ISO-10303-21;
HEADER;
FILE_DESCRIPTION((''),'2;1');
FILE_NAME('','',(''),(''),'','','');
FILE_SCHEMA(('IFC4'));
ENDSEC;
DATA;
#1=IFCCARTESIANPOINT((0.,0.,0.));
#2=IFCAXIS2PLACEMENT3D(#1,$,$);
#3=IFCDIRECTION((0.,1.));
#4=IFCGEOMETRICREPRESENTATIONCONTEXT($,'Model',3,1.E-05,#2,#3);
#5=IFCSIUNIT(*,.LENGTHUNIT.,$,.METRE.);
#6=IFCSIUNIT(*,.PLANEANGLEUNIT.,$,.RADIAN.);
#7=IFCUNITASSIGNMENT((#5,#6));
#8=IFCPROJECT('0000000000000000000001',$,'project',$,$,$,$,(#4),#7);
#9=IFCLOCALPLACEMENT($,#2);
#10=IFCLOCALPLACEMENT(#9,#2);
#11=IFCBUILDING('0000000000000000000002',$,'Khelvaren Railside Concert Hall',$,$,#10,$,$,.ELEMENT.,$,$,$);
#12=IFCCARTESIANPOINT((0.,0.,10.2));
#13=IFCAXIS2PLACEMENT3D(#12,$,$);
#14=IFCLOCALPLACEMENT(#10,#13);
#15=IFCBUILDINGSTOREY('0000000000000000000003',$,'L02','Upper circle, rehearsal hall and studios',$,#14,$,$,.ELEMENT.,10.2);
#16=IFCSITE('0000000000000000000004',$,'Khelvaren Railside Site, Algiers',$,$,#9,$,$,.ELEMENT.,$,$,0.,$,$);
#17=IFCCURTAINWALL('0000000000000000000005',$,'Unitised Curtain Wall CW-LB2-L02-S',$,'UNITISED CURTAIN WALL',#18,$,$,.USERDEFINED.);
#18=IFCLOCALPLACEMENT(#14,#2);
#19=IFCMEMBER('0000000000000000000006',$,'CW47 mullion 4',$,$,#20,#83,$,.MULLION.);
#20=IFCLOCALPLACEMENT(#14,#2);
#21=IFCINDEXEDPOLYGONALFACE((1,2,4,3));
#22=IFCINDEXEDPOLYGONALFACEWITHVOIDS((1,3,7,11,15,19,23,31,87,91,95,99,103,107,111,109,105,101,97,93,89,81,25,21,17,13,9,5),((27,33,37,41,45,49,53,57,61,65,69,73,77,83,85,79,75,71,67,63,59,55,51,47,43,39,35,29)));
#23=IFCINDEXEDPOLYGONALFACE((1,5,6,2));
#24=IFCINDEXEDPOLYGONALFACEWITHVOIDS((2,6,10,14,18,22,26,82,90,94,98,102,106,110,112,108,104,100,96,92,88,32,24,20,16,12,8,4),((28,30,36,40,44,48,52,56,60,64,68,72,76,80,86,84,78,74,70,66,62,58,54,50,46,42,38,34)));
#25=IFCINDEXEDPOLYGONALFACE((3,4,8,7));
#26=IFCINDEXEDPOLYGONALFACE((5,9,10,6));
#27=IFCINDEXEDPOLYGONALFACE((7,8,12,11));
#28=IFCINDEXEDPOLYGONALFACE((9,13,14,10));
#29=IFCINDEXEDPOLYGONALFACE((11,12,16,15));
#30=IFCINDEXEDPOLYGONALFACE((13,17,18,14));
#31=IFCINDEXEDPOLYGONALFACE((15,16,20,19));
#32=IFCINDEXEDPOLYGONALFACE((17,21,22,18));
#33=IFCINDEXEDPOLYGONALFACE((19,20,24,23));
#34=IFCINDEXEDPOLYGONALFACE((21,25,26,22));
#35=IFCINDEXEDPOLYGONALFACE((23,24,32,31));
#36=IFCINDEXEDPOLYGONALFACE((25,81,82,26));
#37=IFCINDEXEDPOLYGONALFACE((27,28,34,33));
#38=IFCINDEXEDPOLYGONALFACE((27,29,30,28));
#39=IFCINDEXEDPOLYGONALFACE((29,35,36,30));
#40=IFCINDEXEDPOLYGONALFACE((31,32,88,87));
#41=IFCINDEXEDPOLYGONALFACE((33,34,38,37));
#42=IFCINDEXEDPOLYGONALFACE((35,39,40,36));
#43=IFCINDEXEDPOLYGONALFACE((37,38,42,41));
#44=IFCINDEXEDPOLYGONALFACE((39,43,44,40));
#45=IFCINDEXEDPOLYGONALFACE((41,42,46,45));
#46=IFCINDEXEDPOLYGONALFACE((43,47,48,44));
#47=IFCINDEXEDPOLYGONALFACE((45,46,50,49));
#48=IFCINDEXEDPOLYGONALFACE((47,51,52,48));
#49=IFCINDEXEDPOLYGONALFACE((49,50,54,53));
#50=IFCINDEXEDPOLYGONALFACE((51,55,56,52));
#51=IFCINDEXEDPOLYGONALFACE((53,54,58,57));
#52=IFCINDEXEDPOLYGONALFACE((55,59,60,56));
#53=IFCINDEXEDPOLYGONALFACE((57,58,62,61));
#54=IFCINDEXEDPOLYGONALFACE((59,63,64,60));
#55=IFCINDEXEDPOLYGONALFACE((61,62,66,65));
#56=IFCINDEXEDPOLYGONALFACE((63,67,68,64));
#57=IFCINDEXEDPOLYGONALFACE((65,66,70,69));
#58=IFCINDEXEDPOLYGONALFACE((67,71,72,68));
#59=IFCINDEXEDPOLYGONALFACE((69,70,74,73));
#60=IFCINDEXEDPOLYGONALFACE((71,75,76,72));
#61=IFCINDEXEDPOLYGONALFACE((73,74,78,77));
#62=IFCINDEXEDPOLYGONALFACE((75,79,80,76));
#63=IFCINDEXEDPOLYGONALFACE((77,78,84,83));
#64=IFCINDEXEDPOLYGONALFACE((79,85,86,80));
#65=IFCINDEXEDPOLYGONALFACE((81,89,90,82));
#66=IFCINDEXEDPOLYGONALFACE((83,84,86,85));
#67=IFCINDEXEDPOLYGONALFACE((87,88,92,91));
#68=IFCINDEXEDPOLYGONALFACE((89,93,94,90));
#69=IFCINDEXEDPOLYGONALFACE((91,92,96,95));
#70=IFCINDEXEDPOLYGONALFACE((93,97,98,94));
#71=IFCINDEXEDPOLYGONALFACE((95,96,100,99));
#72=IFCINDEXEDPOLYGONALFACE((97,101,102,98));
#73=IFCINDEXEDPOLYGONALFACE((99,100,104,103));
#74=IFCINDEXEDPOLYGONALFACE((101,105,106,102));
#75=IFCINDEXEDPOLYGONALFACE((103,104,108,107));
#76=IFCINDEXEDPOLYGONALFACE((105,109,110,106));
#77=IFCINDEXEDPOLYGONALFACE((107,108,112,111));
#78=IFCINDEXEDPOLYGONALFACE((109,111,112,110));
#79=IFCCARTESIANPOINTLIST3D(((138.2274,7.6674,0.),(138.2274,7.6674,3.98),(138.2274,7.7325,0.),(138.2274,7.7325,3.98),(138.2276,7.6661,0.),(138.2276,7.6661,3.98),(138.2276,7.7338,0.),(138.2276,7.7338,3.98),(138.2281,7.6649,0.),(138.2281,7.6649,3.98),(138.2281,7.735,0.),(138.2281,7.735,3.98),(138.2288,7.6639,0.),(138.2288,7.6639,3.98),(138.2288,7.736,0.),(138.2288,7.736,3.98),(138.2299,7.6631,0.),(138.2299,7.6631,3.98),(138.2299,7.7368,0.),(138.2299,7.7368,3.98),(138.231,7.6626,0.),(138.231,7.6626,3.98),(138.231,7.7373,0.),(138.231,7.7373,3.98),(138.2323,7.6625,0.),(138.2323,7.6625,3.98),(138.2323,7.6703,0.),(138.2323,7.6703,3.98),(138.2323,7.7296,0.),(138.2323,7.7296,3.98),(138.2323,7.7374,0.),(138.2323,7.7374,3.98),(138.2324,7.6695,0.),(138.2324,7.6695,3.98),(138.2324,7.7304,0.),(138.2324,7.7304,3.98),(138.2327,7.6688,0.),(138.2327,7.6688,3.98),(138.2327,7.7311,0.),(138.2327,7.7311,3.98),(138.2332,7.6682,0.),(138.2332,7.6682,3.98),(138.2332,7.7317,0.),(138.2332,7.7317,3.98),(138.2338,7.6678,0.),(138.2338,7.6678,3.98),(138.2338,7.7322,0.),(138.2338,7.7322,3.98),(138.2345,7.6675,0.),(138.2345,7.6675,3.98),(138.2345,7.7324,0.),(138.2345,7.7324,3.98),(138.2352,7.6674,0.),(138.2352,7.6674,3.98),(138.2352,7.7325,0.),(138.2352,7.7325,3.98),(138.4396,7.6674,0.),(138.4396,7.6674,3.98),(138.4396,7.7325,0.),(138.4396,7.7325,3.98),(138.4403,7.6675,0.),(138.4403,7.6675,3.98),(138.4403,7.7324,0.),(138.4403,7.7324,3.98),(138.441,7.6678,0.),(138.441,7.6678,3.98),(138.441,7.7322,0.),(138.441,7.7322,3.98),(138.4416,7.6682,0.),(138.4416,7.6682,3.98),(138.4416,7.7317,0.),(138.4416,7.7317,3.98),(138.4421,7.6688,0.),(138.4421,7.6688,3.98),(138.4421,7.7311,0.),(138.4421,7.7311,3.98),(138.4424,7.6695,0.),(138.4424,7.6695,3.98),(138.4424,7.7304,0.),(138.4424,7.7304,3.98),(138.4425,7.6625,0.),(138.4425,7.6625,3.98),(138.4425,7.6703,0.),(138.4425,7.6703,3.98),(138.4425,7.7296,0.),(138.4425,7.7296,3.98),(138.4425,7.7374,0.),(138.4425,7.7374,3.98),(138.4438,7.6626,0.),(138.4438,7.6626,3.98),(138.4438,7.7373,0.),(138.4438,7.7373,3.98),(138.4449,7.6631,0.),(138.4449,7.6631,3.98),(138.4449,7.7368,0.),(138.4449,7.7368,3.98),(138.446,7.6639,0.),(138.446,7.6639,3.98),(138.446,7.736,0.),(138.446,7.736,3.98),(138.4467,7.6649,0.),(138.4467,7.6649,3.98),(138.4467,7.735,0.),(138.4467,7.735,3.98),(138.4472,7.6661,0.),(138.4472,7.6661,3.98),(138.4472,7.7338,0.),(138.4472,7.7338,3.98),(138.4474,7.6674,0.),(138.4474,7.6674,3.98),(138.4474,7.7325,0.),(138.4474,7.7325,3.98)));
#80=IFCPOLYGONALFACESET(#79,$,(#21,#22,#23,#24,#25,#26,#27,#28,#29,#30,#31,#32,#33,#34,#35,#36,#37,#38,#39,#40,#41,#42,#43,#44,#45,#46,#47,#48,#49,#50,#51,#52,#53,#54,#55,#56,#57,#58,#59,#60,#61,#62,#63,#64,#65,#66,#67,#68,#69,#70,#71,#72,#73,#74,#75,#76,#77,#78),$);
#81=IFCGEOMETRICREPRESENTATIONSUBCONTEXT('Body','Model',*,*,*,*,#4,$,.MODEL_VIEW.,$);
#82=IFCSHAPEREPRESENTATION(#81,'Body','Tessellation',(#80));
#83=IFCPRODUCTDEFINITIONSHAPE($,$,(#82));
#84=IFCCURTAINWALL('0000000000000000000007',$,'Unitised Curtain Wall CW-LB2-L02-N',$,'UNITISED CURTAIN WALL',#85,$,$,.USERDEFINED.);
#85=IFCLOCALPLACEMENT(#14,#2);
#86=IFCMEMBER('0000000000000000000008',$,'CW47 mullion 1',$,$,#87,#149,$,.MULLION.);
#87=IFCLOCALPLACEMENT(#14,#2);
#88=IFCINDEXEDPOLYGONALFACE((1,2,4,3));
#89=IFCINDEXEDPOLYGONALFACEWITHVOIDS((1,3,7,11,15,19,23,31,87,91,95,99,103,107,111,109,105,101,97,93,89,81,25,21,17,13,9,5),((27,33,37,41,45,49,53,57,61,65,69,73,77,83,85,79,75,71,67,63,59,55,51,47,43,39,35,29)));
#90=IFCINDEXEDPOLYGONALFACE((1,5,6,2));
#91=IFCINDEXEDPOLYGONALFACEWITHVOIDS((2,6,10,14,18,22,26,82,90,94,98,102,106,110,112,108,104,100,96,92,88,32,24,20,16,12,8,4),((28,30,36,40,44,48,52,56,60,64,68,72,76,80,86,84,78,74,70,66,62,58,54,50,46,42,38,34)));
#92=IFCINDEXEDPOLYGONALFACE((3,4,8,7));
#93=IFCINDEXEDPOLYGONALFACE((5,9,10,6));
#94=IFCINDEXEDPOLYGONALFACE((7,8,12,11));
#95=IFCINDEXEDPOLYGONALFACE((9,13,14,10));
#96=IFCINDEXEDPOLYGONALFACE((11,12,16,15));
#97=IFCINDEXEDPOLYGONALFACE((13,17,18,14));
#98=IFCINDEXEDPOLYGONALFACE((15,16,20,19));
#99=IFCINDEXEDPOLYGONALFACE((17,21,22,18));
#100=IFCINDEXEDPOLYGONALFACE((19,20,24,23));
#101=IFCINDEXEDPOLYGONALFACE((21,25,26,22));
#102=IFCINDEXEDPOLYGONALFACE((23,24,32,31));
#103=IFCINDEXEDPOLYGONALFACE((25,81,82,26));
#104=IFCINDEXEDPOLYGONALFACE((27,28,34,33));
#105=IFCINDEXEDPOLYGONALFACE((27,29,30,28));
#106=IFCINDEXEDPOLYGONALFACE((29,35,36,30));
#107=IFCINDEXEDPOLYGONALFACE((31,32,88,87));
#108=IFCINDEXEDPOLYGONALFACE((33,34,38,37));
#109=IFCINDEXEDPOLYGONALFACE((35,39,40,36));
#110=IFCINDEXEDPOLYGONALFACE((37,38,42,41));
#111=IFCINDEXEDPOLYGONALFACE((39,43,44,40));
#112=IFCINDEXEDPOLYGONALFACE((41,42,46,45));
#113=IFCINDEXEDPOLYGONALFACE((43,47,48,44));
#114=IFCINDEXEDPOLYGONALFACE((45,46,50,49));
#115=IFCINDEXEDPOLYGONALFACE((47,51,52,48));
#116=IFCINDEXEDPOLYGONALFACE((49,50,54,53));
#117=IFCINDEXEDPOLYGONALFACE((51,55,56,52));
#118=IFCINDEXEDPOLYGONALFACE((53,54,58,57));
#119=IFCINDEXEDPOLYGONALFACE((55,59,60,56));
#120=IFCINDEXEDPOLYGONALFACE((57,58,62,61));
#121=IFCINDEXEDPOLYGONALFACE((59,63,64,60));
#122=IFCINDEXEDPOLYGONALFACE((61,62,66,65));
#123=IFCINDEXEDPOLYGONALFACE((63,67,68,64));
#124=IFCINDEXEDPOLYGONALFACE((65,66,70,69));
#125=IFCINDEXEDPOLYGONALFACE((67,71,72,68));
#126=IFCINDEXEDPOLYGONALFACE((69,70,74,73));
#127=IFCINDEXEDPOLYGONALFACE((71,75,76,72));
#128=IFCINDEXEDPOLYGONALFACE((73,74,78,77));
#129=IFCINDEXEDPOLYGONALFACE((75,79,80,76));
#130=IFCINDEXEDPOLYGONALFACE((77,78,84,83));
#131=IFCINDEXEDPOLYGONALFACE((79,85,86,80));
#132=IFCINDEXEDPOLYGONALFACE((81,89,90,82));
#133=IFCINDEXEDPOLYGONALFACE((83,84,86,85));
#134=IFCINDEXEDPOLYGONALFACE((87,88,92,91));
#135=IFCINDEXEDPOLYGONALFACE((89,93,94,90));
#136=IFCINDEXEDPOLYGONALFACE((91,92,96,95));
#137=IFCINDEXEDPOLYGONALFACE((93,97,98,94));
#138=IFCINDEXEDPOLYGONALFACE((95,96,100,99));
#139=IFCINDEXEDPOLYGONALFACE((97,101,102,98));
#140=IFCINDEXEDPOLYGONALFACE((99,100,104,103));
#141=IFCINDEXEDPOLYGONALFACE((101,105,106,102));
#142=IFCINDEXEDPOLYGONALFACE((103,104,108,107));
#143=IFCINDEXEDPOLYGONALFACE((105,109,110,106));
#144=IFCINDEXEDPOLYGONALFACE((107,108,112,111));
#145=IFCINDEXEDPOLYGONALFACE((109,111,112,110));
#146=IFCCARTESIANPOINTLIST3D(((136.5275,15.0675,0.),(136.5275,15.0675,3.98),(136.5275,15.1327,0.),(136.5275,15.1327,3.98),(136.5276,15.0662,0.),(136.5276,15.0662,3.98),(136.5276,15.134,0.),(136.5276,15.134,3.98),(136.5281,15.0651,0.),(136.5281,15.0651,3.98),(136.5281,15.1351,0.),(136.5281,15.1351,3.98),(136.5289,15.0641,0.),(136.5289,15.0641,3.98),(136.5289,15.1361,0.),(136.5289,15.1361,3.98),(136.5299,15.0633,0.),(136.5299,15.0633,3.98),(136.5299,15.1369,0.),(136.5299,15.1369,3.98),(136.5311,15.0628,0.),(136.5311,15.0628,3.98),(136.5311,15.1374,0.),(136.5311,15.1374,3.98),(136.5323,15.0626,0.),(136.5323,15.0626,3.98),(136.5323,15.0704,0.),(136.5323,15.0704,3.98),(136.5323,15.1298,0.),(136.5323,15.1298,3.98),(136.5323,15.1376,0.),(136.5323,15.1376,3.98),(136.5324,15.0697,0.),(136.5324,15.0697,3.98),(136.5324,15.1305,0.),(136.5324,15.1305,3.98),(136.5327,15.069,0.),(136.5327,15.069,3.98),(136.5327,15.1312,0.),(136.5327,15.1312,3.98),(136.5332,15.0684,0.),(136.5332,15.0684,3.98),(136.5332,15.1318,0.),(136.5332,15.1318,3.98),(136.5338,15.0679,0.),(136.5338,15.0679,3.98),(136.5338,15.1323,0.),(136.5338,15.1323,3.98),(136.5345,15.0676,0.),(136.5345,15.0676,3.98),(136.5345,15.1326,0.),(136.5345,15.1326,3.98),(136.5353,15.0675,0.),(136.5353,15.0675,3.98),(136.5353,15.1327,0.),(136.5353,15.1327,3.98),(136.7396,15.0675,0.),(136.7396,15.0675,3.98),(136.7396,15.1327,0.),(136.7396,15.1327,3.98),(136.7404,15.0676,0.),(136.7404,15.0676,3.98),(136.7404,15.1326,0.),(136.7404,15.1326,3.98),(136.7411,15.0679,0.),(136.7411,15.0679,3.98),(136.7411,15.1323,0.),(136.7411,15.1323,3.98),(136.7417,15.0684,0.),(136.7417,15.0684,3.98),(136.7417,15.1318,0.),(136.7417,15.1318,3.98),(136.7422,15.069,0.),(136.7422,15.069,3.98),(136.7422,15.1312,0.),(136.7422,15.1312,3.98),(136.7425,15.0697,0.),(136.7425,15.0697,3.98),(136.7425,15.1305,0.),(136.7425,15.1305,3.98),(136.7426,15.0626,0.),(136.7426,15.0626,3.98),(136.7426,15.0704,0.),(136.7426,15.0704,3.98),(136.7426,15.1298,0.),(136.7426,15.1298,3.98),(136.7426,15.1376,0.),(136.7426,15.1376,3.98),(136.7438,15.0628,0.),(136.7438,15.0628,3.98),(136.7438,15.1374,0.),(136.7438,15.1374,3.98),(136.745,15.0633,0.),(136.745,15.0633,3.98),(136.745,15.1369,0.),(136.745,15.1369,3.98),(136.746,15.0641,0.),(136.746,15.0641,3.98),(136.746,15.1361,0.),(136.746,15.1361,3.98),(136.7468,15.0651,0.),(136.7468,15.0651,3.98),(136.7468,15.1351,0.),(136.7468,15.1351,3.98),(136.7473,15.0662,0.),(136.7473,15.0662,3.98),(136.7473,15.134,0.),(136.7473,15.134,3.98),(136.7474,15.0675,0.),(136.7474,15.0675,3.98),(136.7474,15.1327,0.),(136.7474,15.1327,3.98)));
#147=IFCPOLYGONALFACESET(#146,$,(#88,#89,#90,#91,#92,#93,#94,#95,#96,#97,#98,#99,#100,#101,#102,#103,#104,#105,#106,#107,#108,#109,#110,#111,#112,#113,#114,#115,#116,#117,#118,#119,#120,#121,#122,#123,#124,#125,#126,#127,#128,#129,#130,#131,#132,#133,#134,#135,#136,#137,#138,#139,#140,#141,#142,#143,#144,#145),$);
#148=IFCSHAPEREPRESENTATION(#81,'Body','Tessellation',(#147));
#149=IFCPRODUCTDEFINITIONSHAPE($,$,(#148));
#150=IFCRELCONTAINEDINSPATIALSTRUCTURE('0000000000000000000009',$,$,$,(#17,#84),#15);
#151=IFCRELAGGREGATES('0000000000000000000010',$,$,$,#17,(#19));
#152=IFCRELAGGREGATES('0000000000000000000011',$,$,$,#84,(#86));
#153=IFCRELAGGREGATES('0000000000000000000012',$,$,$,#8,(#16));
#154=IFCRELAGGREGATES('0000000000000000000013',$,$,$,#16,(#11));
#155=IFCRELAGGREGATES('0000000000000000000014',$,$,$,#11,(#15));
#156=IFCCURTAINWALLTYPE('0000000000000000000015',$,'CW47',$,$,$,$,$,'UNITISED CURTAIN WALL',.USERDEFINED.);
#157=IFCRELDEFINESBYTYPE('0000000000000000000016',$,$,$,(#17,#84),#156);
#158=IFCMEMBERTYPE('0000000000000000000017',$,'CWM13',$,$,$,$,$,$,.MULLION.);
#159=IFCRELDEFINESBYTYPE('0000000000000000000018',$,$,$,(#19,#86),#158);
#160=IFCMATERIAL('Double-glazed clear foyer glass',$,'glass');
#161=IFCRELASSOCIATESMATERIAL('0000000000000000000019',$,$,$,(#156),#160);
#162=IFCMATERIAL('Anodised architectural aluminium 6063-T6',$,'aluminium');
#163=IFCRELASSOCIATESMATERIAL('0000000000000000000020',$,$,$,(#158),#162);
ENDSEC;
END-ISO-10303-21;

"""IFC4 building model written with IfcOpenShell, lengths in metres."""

from ifc_helpers import new_model, si_unit, direction, frame, origin, origin_2d, place, context, subcontext, project, spatial, hollow_rectangle, extrude, material, material_profile, profile_set, type_object, element, aggregate, save


model = new_model("IFC4")

# Units and contexts
model_context = context("Model", 3, precision=1e-05, world=origin(), true_north=direction((0.0, 1.0)))
body_context = subcontext(model_context, "Body", "Model", "MODEL_VIEW")
ifc_project = project(units=[si_unit("LENGTHUNIT", "METRE"), si_unit("PLANEANGLEUNIT", "RADIAN")], contexts=[model_context])

# Site, building, storey
site_placement = place(None, origin())
site = spatial("IfcSite", under=ifc_project, at=site_placement, Name="Khelvaren Railside Site, Algiers", CompositionType="ELEMENT", RefElevation=0.0)
building_placement = place(site_placement, origin())
building = spatial("IfcBuilding", under=site, at=building_placement, Name="Khelvaren Railside Concert Hall", CompositionType="ELEMENT")
storey_placement = place(building_placement, frame((0.0, 0.0, 10.2)))
storey = spatial("IfcBuildingStorey", under=building, at=storey_placement, Name="L02", Description="Upper circle, rehearsal hall and studios", CompositionType="ELEMENT", Elevation=10.2)

# Curtain wall, member
ifc_material_1 = material(Name="Double-glazed clear foyer glass", Category="glass")
curtain_wall_type = type_object("IfcCurtainWallType", Name="CW47", ElementType="UNITISED CURTAIN WALL", PredefinedType="USERDEFINED", material=ifc_material_1)
curtain_wall_1_placement = place(storey_placement, origin())
curtain_wall_1 = element("IfcCurtainWall", 1, at=curtain_wall_1_placement, inside=storey, type_object=curtain_wall_type, Name="Unitised Curtain Wall CW-LB2-L02-S", ObjectType="UNITISED CURTAIN WALL", PredefinedType="USERDEFINED")
ifc_material_2 = material(Name="Anodised architectural aluminium 6063-T6", Category="aluminium")
ifc_material_profile_1 = material_profile(ifc_material_2, hollow_rectangle(XDim=0.075, YDim=0.22, WallThickness=0.0049, InnerFilletRadius=0.0029, OuterFilletRadius=0.0049, at=origin_2d()), Name="CWM 75x220x5")
ifc_profile_set_1 = profile_set([ifc_material_profile_1], Name="Anodised architectural aluminium 6063-T6")
member_type_1 = type_object("IfcMemberType", Name="CWM13", PredefinedType="MULLION", material=ifc_profile_set_1)
member_1_placement = place(storey_placement, frame((138.3374, 7.7, 0.0), z_axis=(0.0, 0.0, 1.0), x_axis=(0.0, -1.0, 0.0)))
member_1 = element("IfcMember", 2, at=member_1_placement, type_object=member_type_1, Name="CW47 mullion 4", PredefinedType="MULLION", context=body_context, shape_type="SweptSolid", body=[
    extrude(hollow_rectangle(XDim=0.075, YDim=0.22, WallThickness=0.0049, InnerFilletRadius=0.0029, OuterFilletRadius=0.0049, at=origin_2d()), origin(), (0.0, 0.0, 1.0), 3.98),
])

# Curtain wall, member
curtain_wall_2_placement = place(storey_placement, origin())
curtain_wall_2 = element("IfcCurtainWall", 3, at=curtain_wall_2_placement, inside=storey, type_object=curtain_wall_type, Name="Unitised Curtain Wall CW-LB2-L02-N", ObjectType="UNITISED CURTAIN WALL", PredefinedType="USERDEFINED")
member_2_placement = place(storey_placement, frame((136.6375, 15.1001, 0.0), z_axis=(0.0, 0.0, 1.0), x_axis=(0.0, 1.0, 0.0)))
member_2 = element("IfcMember", 4, at=member_2_placement, type_object=member_type_1, Name="CW47 mullion 1", PredefinedType="MULLION", context=body_context, shape_type="SweptSolid", body=[
    extrude(hollow_rectangle(XDim=0.075, YDim=0.22, WallThickness=0.0049, InnerFilletRadius=0.0029, OuterFilletRadius=0.0049, at=origin_2d()), origin(), (0.0, 0.0, 1.0), 3.98),
])

aggregate(curtain_wall_1, [member_1])
aggregate(curtain_wall_2, [member_2])

save(model, "model.ifc")
